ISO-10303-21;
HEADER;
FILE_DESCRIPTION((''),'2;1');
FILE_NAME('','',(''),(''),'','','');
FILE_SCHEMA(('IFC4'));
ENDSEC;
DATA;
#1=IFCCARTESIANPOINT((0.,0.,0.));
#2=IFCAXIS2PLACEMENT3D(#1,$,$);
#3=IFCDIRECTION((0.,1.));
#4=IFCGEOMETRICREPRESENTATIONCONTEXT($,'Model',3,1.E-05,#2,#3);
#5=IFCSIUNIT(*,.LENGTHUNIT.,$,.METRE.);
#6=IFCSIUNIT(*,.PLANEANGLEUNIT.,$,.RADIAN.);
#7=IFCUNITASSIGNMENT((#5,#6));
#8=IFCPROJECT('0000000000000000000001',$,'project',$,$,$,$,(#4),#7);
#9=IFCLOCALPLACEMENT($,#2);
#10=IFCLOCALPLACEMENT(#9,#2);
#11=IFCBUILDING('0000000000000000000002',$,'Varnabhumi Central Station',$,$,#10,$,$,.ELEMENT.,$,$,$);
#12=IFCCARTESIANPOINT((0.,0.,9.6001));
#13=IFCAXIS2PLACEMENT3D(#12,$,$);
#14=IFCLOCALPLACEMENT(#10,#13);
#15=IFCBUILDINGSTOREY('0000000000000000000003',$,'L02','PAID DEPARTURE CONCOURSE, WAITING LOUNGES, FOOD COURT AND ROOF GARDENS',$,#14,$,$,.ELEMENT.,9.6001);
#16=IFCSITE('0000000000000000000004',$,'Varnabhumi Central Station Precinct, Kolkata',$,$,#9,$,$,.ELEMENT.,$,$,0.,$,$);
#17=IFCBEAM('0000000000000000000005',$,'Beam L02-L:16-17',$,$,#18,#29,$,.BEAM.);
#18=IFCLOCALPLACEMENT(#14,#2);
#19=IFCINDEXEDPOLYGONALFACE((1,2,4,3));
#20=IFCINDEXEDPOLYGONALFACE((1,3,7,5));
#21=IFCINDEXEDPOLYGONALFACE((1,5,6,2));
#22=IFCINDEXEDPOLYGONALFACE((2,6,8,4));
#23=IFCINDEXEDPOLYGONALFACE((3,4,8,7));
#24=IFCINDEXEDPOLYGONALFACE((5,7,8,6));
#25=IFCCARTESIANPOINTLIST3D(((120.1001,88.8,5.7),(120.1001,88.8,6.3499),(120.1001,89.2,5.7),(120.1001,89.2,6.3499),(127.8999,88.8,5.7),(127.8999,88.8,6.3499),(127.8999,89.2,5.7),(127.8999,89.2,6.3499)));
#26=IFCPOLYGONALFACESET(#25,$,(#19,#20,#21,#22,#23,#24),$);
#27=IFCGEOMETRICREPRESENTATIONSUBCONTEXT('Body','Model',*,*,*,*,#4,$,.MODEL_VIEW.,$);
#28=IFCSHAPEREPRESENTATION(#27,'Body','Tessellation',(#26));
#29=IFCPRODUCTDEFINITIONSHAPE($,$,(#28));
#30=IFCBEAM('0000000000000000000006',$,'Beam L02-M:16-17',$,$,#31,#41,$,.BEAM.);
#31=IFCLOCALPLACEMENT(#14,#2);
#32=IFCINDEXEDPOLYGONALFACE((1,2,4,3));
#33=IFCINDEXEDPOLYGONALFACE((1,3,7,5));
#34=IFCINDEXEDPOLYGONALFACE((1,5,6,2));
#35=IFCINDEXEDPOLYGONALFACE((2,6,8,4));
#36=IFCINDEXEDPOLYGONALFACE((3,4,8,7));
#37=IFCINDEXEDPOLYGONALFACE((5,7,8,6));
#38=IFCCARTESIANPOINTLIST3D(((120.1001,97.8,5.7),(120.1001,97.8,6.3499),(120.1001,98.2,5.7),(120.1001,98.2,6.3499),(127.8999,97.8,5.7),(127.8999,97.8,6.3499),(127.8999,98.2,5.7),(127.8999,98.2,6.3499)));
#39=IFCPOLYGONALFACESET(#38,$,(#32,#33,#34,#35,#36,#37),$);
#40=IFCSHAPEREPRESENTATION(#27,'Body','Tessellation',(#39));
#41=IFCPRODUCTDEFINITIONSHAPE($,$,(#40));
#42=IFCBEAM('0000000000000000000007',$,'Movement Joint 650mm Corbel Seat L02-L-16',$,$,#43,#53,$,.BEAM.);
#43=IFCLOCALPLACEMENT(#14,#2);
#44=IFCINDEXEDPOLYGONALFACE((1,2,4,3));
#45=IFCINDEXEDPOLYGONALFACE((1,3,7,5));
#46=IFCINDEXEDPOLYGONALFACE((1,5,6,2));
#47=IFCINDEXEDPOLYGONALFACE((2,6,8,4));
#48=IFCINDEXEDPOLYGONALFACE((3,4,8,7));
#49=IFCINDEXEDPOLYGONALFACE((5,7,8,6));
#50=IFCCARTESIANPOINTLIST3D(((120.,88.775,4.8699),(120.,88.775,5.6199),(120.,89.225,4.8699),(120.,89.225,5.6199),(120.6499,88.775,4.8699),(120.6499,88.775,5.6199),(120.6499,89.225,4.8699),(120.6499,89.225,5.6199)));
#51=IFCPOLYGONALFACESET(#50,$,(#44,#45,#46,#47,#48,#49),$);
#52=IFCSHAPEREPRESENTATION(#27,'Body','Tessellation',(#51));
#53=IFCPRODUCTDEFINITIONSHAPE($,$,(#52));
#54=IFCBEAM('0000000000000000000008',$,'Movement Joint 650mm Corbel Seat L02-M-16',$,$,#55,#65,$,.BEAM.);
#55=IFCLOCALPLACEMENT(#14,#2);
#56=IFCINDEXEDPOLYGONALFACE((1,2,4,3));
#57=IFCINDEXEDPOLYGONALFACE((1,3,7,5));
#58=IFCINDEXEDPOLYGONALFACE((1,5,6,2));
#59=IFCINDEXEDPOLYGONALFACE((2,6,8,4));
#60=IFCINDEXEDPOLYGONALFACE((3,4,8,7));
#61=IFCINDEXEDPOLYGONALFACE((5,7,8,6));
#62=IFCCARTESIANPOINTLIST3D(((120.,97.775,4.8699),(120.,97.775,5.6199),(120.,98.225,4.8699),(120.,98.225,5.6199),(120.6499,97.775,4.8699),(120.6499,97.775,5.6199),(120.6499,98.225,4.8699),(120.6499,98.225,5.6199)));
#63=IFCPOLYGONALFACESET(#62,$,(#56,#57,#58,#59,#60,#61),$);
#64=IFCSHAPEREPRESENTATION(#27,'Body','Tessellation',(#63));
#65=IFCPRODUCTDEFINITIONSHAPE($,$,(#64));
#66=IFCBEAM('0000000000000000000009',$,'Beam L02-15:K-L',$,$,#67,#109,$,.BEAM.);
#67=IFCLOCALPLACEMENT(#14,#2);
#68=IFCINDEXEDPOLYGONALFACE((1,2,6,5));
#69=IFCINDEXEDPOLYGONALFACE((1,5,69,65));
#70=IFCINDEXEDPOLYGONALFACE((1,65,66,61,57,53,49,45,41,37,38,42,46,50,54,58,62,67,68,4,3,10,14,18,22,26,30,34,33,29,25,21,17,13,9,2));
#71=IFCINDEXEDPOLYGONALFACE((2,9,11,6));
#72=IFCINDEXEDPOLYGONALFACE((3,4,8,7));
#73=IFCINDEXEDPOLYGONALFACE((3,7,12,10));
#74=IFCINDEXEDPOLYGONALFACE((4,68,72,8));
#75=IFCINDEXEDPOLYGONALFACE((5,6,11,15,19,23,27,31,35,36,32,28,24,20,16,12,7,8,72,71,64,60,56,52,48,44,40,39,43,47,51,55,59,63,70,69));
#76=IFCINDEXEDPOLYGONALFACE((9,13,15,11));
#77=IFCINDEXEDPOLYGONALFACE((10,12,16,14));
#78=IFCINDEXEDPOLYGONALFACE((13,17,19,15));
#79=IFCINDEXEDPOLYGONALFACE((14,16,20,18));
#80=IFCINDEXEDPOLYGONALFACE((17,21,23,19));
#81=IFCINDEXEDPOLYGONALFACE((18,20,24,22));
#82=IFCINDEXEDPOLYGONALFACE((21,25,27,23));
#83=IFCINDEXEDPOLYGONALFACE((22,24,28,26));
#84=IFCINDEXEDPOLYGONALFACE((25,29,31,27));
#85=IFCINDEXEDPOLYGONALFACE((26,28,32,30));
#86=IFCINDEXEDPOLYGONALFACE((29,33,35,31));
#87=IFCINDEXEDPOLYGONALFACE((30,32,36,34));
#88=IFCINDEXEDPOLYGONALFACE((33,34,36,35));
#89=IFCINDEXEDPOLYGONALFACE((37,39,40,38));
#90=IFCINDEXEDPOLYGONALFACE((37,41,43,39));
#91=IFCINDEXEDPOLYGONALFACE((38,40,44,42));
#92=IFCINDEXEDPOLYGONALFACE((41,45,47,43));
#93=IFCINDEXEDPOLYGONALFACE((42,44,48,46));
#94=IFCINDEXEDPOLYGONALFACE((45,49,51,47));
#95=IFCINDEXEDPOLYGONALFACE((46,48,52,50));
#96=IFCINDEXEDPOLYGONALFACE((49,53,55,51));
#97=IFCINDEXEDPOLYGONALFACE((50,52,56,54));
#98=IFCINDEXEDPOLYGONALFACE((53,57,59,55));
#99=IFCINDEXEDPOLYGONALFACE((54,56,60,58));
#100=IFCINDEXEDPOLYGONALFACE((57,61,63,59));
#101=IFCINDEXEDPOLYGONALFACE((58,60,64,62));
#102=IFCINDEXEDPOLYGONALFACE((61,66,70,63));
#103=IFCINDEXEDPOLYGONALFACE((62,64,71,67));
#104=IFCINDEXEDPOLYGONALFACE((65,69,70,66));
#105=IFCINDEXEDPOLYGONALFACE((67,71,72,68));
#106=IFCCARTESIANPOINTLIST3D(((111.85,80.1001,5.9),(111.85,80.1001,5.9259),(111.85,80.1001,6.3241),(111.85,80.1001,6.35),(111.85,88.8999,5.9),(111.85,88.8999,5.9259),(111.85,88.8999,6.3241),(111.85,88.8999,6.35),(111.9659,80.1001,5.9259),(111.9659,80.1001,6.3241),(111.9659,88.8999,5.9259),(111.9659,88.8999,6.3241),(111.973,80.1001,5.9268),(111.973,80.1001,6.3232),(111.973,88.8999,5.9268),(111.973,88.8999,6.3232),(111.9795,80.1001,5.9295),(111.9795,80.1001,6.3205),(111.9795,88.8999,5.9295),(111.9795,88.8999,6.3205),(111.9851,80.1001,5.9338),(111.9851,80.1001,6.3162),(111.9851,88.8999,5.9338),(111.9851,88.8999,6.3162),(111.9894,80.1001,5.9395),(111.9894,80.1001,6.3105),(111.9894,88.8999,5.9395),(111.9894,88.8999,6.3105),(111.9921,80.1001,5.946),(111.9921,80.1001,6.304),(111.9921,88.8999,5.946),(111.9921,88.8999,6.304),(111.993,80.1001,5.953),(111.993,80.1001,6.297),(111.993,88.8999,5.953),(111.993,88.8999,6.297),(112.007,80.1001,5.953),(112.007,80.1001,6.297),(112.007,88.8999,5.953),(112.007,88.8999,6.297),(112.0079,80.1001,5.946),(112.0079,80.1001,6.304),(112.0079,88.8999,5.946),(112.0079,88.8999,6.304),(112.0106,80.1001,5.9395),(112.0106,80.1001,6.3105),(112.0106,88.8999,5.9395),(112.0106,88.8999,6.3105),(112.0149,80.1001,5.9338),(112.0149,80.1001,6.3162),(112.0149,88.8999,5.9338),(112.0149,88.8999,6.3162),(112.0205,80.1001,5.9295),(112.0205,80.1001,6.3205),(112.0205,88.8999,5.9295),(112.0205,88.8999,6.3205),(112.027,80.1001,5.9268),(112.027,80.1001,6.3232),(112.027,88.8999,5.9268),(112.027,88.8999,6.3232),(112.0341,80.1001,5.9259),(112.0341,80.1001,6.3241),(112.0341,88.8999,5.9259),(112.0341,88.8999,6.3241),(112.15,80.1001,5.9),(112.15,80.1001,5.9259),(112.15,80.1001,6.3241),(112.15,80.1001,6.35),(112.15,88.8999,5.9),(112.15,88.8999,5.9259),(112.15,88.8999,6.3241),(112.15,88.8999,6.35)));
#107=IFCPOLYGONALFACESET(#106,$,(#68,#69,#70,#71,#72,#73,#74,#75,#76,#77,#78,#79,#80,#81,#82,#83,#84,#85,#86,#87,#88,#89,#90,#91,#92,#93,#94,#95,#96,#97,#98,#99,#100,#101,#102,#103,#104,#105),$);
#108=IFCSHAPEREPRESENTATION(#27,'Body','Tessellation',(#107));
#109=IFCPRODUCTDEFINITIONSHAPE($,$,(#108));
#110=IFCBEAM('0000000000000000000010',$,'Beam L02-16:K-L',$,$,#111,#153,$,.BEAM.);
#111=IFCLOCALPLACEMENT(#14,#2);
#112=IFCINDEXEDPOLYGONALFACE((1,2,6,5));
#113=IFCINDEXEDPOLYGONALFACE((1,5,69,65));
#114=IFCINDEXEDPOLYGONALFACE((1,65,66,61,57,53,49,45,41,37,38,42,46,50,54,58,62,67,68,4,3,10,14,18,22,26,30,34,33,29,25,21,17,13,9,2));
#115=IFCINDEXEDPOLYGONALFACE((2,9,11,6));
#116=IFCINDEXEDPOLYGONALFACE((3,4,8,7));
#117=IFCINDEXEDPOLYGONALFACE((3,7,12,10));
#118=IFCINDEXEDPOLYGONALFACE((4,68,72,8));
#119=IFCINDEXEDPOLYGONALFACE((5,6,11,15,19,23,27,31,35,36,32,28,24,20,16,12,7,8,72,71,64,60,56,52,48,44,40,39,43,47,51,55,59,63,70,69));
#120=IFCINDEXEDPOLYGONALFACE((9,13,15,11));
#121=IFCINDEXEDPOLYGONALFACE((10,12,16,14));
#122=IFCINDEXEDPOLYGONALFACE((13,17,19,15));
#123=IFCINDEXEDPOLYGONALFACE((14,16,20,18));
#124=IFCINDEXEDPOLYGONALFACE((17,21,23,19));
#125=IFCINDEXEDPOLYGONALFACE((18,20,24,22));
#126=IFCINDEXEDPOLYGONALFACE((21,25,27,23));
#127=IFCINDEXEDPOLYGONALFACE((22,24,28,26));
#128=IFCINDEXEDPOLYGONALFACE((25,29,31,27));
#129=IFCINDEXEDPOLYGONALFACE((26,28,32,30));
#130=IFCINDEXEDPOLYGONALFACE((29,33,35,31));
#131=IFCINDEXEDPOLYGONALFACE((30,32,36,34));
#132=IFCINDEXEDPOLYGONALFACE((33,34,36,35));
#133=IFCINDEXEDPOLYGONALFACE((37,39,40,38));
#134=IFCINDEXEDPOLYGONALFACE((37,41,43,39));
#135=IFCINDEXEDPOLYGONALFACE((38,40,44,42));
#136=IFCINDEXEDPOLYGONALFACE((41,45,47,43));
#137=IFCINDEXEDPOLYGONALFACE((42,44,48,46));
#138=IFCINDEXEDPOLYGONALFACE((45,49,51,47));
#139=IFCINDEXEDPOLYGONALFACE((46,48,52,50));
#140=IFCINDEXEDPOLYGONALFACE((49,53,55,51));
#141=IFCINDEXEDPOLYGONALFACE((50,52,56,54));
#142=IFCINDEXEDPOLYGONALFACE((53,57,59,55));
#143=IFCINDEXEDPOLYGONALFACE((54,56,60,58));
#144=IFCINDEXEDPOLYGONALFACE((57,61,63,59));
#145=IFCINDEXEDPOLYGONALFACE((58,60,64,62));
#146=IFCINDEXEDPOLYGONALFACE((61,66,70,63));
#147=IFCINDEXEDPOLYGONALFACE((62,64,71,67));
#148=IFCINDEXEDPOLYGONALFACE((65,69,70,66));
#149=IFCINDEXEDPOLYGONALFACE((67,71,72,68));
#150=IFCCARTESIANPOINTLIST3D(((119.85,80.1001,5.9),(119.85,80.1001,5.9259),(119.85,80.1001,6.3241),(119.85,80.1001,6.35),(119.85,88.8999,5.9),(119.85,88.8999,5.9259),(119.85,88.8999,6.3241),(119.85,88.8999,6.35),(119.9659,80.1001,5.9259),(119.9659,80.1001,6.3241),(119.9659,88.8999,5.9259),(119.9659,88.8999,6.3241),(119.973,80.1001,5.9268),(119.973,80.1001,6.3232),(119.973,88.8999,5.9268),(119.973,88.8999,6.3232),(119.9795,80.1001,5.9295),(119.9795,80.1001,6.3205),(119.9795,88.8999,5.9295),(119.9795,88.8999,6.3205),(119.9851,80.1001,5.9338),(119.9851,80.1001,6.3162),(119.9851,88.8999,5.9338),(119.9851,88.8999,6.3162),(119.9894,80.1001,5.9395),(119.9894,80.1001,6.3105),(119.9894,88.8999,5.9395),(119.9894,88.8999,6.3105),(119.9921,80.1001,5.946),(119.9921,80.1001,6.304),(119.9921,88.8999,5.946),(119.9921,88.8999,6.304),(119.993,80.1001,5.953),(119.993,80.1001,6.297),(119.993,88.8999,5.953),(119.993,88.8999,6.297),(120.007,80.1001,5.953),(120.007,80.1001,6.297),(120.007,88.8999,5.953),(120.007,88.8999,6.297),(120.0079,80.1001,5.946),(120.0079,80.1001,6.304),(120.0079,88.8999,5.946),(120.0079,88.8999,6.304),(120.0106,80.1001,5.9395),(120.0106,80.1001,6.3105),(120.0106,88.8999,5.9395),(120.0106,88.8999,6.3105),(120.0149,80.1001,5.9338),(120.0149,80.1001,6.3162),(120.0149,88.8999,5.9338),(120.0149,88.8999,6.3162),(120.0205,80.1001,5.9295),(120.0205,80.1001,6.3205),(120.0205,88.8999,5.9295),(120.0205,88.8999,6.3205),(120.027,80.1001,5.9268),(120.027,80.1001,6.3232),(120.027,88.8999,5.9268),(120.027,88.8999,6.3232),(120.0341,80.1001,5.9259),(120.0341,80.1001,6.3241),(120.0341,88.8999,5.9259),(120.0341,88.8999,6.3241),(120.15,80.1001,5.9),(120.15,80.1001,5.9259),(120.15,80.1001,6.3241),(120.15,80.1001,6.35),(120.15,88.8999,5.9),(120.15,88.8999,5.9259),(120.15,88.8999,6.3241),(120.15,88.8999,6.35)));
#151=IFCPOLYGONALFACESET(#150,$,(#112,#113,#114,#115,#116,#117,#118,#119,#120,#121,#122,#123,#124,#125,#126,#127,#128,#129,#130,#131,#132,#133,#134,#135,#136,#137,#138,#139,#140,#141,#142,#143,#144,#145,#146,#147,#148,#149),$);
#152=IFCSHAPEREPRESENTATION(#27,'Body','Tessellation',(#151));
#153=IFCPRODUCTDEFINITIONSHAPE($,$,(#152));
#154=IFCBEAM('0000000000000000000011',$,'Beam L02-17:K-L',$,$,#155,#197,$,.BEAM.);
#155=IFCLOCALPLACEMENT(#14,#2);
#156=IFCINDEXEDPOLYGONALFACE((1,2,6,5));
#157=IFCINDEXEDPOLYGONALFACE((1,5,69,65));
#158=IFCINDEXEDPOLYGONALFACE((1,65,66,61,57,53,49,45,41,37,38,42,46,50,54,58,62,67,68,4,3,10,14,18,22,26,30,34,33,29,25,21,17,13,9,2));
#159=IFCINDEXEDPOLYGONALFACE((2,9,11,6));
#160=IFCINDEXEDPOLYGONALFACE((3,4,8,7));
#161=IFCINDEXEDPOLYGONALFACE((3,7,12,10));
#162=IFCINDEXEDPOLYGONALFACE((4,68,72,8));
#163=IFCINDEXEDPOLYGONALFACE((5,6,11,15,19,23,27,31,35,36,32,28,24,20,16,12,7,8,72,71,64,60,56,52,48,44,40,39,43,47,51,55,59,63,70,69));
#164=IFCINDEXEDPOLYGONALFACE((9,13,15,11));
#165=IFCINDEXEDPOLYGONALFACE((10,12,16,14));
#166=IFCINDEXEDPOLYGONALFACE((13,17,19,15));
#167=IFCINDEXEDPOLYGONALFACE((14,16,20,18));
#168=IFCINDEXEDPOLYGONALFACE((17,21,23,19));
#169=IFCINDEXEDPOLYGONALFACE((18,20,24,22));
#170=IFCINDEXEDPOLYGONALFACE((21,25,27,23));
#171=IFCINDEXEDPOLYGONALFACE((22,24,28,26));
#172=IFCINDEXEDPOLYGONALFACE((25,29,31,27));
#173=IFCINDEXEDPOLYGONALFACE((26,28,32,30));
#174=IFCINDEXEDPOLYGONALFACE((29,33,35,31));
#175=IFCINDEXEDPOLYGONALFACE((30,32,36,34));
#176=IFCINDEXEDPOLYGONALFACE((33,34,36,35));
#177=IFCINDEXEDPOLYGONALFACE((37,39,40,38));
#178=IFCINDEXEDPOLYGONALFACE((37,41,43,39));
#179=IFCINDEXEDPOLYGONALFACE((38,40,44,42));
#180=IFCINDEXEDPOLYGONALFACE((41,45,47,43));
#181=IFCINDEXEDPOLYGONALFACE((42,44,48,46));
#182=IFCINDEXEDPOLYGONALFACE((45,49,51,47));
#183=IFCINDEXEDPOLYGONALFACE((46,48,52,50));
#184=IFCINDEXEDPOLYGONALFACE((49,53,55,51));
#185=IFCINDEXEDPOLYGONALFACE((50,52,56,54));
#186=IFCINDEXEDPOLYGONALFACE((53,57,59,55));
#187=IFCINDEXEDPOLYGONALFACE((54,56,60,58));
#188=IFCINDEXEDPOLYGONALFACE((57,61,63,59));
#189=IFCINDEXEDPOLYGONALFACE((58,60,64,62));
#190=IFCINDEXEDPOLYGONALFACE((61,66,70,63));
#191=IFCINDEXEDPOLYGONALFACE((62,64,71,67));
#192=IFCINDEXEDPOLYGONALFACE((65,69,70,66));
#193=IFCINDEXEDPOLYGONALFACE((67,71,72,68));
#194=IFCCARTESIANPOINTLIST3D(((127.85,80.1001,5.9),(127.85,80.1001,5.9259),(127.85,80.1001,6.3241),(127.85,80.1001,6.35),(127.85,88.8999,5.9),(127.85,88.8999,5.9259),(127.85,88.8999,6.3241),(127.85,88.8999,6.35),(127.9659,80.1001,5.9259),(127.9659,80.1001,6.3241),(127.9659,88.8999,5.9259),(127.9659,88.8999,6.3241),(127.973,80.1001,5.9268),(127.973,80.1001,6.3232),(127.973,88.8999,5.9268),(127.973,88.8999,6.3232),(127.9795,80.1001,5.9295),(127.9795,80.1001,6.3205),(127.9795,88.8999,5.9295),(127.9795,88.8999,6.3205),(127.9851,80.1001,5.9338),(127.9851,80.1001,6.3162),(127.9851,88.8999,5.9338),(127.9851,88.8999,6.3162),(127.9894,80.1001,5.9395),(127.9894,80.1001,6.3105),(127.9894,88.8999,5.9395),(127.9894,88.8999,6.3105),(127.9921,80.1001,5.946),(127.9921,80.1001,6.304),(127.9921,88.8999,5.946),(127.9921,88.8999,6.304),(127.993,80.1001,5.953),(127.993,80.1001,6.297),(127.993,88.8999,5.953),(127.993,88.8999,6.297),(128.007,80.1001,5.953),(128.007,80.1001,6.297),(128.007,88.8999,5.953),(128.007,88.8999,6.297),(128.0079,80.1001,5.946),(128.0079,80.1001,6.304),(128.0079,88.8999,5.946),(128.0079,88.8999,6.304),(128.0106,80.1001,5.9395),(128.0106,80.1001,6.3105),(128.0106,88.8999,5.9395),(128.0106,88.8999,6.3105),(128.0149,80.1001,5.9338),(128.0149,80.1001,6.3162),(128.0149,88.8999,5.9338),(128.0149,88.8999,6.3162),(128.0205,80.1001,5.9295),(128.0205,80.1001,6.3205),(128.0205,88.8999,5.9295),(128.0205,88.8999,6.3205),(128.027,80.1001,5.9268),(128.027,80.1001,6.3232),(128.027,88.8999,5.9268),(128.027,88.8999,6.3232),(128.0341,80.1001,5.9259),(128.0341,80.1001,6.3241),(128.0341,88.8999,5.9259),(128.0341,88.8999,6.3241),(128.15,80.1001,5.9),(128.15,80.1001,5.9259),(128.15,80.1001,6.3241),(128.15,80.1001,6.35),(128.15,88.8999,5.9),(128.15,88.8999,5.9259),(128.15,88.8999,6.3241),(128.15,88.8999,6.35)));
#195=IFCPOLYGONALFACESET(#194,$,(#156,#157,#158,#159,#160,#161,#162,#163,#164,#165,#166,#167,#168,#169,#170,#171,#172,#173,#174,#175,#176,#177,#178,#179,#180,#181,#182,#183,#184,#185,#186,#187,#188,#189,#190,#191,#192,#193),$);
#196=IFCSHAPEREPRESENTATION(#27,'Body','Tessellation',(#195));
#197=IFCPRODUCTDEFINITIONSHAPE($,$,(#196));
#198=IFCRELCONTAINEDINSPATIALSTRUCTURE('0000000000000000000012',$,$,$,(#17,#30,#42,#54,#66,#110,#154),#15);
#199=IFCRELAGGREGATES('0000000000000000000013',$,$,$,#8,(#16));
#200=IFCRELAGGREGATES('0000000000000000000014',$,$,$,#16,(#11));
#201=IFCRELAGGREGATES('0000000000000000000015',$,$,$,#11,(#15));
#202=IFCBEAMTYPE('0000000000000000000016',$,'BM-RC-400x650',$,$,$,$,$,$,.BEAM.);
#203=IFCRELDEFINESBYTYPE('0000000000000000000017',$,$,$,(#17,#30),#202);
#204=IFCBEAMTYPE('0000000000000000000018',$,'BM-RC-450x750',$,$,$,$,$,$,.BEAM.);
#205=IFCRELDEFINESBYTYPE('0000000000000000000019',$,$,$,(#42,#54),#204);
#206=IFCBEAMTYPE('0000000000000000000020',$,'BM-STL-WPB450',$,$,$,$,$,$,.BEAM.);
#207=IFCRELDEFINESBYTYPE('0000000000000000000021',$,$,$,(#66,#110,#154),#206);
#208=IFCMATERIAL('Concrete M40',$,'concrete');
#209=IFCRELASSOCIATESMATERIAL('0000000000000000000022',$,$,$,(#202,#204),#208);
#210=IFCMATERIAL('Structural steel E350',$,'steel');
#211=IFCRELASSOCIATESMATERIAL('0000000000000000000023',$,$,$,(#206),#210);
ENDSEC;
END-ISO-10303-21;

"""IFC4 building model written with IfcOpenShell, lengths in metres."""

from ifc_helpers import new_model, si_unit, direction, frame, origin, origin_2d, place, context, subcontext, project, spatial, rectangle, i_section, extrude, material, material_profile, profile_set, type_object, element, save


model = new_model("IFC4")

# Units and contexts
model_context = context("Model", 3, precision=1e-05, world=origin(), true_north=direction((0.0, 1.0)))
body_context = subcontext(model_context, "Body", "Model", "MODEL_VIEW")
ifc_project = project(units=[si_unit("LENGTHUNIT", "METRE"), si_unit("PLANEANGLEUNIT", "RADIAN")], contexts=[model_context])

# Site, building, storey
site_placement = place(None, origin())
site = spatial("IfcSite", under=ifc_project, at=site_placement, Name="Varnabhumi Central Station Precinct, Kolkata", CompositionType="ELEMENT", RefElevation=0.0)
building_placement = place(site_placement, origin())
building = spatial("IfcBuilding", under=site, at=building_placement, Name="Varnabhumi Central Station", CompositionType="ELEMENT")
storey_placement = place(building_placement, frame((0.0, 0.0, 9.6001)))
storey = spatial("IfcBuildingStorey", under=building, at=storey_placement, Name="L02", Description="PAID DEPARTURE CONCOURSE, WAITING LOUNGES, FOOD COURT AND ROOF GARDENS", CompositionType="ELEMENT", Elevation=9.6001)

# Shared definitions
ifc_material_1 = material(Name="Concrete M40", Category="concrete")

# Beams
ifc_material_2 = material(Name="Structural steel E350", Category="steel")
ifc_material_profile_1 = material_profile(ifc_material_1, rectangle(XDim=0.3999, YDim=0.6499, at=origin_2d()), Name="Concrete M40", Category="concrete")
ifc_profile_set_1 = profile_set([ifc_material_profile_1], Name="Concrete M40")
beam_type_1 = type_object("IfcBeamType", Name="BM-RC-400x650", PredefinedType="BEAM", material=ifc_profile_set_1)
for number, where, z_axis, x_axis, name in (
    (1, (120.1001, 89.0, 6.0249), (1.0, 0.0, 0.0), (0.0, 1.0, 0.0), "Beam L02-L:16-17"),
    (2, (120.1001, 98.0, 6.0249), (1.0, 0.0, 0.0), (0.0, 1.0, 0.0), "Beam L02-M:16-17"),
):
    element("IfcBeam", number, at=place(storey_placement, frame(where, z_axis=z_axis, x_axis=x_axis)), inside=storey, type_object=beam_type_1, Name=name, PredefinedType="BEAM", context=body_context, shape_type="SweptSolid", body=[
        extrude(rectangle(XDim=0.3999, YDim=0.6499, at=origin_2d()), origin(), (0.0, 0.0, 1.0), 7.7998),
    ])
ifc_material_profile_2 = material_profile(ifc_material_1, rectangle(XDim=0.45, YDim=0.75, at=origin_2d()), Name="Concrete M40", Category="concrete")
ifc_profile_set_2 = profile_set([ifc_material_profile_2], Name="Concrete M40")
beam_type_2 = type_object("IfcBeamType", Name="BM-RC-450x750", PredefinedType="BEAM", material=ifc_profile_set_2)
for number, where, z_axis, x_axis, name in (
    (3, (120.0, 89.0, 5.2449), (1.0, 0.0, 0.0), (0.0, 1.0, 0.0), "Movement Joint 650mm Corbel Seat L02-L-16"),
    (4, (120.0, 98.0, 5.2449), (1.0, 0.0, 0.0), (0.0, 1.0, 0.0), "Movement Joint 650mm Corbel Seat L02-M-16"),
):
    element("IfcBeam", number, at=place(storey_placement, frame(where, z_axis=z_axis, x_axis=x_axis)), inside=storey, type_object=beam_type_2, Name=name, PredefinedType="BEAM", context=body_context, shape_type="SweptSolid", body=[
        extrude(rectangle(XDim=0.45, YDim=0.75, at=origin_2d()), origin(), (0.0, 0.0, 1.0), 0.6499),
    ])
ifc_material_profile_3 = material_profile(ifc_material_2, i_section(OverallWidth=0.3, OverallDepth=0.45, WebThickness=0.0139, FlangeThickness=0.0259, FilletRadius=0.0271, at=origin_2d()), Name="Structural steel E350", Category="steel")
ifc_profile_set_3 = profile_set([ifc_material_profile_3], Name="Structural steel E350")
beam_type_3 = type_object("IfcBeamType", Name="BM-STL-WPB450", PredefinedType="BEAM", material=ifc_profile_set_3)
for number, where, z_axis, x_axis, name in (
    (5, (112.0, 80.1001, 6.125), (0.0, 1.0, 0.0), (-1.0, 0.0, 0.0), "Beam L02-15:K-L"),
    (6, (120.0, 80.1001, 6.125), (0.0, 1.0, 0.0), (-1.0, 0.0, 0.0), "Beam L02-16:K-L"),
    (7, (128.0, 80.1001, 6.125), (0.0, 1.0, 0.0), (-1.0, 0.0, 0.0), "Beam L02-17:K-L"),
):
    element("IfcBeam", number, at=place(storey_placement, frame(where, z_axis=z_axis, x_axis=x_axis)), inside=storey, type_object=beam_type_3, Name=name, PredefinedType="BEAM", context=body_context, shape_type="SweptSolid", body=[
        extrude(i_section(OverallWidth=0.3, OverallDepth=0.45, WebThickness=0.0139, FlangeThickness=0.0259, FilletRadius=0.0271, at=origin_2d()), origin(), (0.0, 0.0, 1.0), 8.7998),
    ])

save(model, "model.ifc")
